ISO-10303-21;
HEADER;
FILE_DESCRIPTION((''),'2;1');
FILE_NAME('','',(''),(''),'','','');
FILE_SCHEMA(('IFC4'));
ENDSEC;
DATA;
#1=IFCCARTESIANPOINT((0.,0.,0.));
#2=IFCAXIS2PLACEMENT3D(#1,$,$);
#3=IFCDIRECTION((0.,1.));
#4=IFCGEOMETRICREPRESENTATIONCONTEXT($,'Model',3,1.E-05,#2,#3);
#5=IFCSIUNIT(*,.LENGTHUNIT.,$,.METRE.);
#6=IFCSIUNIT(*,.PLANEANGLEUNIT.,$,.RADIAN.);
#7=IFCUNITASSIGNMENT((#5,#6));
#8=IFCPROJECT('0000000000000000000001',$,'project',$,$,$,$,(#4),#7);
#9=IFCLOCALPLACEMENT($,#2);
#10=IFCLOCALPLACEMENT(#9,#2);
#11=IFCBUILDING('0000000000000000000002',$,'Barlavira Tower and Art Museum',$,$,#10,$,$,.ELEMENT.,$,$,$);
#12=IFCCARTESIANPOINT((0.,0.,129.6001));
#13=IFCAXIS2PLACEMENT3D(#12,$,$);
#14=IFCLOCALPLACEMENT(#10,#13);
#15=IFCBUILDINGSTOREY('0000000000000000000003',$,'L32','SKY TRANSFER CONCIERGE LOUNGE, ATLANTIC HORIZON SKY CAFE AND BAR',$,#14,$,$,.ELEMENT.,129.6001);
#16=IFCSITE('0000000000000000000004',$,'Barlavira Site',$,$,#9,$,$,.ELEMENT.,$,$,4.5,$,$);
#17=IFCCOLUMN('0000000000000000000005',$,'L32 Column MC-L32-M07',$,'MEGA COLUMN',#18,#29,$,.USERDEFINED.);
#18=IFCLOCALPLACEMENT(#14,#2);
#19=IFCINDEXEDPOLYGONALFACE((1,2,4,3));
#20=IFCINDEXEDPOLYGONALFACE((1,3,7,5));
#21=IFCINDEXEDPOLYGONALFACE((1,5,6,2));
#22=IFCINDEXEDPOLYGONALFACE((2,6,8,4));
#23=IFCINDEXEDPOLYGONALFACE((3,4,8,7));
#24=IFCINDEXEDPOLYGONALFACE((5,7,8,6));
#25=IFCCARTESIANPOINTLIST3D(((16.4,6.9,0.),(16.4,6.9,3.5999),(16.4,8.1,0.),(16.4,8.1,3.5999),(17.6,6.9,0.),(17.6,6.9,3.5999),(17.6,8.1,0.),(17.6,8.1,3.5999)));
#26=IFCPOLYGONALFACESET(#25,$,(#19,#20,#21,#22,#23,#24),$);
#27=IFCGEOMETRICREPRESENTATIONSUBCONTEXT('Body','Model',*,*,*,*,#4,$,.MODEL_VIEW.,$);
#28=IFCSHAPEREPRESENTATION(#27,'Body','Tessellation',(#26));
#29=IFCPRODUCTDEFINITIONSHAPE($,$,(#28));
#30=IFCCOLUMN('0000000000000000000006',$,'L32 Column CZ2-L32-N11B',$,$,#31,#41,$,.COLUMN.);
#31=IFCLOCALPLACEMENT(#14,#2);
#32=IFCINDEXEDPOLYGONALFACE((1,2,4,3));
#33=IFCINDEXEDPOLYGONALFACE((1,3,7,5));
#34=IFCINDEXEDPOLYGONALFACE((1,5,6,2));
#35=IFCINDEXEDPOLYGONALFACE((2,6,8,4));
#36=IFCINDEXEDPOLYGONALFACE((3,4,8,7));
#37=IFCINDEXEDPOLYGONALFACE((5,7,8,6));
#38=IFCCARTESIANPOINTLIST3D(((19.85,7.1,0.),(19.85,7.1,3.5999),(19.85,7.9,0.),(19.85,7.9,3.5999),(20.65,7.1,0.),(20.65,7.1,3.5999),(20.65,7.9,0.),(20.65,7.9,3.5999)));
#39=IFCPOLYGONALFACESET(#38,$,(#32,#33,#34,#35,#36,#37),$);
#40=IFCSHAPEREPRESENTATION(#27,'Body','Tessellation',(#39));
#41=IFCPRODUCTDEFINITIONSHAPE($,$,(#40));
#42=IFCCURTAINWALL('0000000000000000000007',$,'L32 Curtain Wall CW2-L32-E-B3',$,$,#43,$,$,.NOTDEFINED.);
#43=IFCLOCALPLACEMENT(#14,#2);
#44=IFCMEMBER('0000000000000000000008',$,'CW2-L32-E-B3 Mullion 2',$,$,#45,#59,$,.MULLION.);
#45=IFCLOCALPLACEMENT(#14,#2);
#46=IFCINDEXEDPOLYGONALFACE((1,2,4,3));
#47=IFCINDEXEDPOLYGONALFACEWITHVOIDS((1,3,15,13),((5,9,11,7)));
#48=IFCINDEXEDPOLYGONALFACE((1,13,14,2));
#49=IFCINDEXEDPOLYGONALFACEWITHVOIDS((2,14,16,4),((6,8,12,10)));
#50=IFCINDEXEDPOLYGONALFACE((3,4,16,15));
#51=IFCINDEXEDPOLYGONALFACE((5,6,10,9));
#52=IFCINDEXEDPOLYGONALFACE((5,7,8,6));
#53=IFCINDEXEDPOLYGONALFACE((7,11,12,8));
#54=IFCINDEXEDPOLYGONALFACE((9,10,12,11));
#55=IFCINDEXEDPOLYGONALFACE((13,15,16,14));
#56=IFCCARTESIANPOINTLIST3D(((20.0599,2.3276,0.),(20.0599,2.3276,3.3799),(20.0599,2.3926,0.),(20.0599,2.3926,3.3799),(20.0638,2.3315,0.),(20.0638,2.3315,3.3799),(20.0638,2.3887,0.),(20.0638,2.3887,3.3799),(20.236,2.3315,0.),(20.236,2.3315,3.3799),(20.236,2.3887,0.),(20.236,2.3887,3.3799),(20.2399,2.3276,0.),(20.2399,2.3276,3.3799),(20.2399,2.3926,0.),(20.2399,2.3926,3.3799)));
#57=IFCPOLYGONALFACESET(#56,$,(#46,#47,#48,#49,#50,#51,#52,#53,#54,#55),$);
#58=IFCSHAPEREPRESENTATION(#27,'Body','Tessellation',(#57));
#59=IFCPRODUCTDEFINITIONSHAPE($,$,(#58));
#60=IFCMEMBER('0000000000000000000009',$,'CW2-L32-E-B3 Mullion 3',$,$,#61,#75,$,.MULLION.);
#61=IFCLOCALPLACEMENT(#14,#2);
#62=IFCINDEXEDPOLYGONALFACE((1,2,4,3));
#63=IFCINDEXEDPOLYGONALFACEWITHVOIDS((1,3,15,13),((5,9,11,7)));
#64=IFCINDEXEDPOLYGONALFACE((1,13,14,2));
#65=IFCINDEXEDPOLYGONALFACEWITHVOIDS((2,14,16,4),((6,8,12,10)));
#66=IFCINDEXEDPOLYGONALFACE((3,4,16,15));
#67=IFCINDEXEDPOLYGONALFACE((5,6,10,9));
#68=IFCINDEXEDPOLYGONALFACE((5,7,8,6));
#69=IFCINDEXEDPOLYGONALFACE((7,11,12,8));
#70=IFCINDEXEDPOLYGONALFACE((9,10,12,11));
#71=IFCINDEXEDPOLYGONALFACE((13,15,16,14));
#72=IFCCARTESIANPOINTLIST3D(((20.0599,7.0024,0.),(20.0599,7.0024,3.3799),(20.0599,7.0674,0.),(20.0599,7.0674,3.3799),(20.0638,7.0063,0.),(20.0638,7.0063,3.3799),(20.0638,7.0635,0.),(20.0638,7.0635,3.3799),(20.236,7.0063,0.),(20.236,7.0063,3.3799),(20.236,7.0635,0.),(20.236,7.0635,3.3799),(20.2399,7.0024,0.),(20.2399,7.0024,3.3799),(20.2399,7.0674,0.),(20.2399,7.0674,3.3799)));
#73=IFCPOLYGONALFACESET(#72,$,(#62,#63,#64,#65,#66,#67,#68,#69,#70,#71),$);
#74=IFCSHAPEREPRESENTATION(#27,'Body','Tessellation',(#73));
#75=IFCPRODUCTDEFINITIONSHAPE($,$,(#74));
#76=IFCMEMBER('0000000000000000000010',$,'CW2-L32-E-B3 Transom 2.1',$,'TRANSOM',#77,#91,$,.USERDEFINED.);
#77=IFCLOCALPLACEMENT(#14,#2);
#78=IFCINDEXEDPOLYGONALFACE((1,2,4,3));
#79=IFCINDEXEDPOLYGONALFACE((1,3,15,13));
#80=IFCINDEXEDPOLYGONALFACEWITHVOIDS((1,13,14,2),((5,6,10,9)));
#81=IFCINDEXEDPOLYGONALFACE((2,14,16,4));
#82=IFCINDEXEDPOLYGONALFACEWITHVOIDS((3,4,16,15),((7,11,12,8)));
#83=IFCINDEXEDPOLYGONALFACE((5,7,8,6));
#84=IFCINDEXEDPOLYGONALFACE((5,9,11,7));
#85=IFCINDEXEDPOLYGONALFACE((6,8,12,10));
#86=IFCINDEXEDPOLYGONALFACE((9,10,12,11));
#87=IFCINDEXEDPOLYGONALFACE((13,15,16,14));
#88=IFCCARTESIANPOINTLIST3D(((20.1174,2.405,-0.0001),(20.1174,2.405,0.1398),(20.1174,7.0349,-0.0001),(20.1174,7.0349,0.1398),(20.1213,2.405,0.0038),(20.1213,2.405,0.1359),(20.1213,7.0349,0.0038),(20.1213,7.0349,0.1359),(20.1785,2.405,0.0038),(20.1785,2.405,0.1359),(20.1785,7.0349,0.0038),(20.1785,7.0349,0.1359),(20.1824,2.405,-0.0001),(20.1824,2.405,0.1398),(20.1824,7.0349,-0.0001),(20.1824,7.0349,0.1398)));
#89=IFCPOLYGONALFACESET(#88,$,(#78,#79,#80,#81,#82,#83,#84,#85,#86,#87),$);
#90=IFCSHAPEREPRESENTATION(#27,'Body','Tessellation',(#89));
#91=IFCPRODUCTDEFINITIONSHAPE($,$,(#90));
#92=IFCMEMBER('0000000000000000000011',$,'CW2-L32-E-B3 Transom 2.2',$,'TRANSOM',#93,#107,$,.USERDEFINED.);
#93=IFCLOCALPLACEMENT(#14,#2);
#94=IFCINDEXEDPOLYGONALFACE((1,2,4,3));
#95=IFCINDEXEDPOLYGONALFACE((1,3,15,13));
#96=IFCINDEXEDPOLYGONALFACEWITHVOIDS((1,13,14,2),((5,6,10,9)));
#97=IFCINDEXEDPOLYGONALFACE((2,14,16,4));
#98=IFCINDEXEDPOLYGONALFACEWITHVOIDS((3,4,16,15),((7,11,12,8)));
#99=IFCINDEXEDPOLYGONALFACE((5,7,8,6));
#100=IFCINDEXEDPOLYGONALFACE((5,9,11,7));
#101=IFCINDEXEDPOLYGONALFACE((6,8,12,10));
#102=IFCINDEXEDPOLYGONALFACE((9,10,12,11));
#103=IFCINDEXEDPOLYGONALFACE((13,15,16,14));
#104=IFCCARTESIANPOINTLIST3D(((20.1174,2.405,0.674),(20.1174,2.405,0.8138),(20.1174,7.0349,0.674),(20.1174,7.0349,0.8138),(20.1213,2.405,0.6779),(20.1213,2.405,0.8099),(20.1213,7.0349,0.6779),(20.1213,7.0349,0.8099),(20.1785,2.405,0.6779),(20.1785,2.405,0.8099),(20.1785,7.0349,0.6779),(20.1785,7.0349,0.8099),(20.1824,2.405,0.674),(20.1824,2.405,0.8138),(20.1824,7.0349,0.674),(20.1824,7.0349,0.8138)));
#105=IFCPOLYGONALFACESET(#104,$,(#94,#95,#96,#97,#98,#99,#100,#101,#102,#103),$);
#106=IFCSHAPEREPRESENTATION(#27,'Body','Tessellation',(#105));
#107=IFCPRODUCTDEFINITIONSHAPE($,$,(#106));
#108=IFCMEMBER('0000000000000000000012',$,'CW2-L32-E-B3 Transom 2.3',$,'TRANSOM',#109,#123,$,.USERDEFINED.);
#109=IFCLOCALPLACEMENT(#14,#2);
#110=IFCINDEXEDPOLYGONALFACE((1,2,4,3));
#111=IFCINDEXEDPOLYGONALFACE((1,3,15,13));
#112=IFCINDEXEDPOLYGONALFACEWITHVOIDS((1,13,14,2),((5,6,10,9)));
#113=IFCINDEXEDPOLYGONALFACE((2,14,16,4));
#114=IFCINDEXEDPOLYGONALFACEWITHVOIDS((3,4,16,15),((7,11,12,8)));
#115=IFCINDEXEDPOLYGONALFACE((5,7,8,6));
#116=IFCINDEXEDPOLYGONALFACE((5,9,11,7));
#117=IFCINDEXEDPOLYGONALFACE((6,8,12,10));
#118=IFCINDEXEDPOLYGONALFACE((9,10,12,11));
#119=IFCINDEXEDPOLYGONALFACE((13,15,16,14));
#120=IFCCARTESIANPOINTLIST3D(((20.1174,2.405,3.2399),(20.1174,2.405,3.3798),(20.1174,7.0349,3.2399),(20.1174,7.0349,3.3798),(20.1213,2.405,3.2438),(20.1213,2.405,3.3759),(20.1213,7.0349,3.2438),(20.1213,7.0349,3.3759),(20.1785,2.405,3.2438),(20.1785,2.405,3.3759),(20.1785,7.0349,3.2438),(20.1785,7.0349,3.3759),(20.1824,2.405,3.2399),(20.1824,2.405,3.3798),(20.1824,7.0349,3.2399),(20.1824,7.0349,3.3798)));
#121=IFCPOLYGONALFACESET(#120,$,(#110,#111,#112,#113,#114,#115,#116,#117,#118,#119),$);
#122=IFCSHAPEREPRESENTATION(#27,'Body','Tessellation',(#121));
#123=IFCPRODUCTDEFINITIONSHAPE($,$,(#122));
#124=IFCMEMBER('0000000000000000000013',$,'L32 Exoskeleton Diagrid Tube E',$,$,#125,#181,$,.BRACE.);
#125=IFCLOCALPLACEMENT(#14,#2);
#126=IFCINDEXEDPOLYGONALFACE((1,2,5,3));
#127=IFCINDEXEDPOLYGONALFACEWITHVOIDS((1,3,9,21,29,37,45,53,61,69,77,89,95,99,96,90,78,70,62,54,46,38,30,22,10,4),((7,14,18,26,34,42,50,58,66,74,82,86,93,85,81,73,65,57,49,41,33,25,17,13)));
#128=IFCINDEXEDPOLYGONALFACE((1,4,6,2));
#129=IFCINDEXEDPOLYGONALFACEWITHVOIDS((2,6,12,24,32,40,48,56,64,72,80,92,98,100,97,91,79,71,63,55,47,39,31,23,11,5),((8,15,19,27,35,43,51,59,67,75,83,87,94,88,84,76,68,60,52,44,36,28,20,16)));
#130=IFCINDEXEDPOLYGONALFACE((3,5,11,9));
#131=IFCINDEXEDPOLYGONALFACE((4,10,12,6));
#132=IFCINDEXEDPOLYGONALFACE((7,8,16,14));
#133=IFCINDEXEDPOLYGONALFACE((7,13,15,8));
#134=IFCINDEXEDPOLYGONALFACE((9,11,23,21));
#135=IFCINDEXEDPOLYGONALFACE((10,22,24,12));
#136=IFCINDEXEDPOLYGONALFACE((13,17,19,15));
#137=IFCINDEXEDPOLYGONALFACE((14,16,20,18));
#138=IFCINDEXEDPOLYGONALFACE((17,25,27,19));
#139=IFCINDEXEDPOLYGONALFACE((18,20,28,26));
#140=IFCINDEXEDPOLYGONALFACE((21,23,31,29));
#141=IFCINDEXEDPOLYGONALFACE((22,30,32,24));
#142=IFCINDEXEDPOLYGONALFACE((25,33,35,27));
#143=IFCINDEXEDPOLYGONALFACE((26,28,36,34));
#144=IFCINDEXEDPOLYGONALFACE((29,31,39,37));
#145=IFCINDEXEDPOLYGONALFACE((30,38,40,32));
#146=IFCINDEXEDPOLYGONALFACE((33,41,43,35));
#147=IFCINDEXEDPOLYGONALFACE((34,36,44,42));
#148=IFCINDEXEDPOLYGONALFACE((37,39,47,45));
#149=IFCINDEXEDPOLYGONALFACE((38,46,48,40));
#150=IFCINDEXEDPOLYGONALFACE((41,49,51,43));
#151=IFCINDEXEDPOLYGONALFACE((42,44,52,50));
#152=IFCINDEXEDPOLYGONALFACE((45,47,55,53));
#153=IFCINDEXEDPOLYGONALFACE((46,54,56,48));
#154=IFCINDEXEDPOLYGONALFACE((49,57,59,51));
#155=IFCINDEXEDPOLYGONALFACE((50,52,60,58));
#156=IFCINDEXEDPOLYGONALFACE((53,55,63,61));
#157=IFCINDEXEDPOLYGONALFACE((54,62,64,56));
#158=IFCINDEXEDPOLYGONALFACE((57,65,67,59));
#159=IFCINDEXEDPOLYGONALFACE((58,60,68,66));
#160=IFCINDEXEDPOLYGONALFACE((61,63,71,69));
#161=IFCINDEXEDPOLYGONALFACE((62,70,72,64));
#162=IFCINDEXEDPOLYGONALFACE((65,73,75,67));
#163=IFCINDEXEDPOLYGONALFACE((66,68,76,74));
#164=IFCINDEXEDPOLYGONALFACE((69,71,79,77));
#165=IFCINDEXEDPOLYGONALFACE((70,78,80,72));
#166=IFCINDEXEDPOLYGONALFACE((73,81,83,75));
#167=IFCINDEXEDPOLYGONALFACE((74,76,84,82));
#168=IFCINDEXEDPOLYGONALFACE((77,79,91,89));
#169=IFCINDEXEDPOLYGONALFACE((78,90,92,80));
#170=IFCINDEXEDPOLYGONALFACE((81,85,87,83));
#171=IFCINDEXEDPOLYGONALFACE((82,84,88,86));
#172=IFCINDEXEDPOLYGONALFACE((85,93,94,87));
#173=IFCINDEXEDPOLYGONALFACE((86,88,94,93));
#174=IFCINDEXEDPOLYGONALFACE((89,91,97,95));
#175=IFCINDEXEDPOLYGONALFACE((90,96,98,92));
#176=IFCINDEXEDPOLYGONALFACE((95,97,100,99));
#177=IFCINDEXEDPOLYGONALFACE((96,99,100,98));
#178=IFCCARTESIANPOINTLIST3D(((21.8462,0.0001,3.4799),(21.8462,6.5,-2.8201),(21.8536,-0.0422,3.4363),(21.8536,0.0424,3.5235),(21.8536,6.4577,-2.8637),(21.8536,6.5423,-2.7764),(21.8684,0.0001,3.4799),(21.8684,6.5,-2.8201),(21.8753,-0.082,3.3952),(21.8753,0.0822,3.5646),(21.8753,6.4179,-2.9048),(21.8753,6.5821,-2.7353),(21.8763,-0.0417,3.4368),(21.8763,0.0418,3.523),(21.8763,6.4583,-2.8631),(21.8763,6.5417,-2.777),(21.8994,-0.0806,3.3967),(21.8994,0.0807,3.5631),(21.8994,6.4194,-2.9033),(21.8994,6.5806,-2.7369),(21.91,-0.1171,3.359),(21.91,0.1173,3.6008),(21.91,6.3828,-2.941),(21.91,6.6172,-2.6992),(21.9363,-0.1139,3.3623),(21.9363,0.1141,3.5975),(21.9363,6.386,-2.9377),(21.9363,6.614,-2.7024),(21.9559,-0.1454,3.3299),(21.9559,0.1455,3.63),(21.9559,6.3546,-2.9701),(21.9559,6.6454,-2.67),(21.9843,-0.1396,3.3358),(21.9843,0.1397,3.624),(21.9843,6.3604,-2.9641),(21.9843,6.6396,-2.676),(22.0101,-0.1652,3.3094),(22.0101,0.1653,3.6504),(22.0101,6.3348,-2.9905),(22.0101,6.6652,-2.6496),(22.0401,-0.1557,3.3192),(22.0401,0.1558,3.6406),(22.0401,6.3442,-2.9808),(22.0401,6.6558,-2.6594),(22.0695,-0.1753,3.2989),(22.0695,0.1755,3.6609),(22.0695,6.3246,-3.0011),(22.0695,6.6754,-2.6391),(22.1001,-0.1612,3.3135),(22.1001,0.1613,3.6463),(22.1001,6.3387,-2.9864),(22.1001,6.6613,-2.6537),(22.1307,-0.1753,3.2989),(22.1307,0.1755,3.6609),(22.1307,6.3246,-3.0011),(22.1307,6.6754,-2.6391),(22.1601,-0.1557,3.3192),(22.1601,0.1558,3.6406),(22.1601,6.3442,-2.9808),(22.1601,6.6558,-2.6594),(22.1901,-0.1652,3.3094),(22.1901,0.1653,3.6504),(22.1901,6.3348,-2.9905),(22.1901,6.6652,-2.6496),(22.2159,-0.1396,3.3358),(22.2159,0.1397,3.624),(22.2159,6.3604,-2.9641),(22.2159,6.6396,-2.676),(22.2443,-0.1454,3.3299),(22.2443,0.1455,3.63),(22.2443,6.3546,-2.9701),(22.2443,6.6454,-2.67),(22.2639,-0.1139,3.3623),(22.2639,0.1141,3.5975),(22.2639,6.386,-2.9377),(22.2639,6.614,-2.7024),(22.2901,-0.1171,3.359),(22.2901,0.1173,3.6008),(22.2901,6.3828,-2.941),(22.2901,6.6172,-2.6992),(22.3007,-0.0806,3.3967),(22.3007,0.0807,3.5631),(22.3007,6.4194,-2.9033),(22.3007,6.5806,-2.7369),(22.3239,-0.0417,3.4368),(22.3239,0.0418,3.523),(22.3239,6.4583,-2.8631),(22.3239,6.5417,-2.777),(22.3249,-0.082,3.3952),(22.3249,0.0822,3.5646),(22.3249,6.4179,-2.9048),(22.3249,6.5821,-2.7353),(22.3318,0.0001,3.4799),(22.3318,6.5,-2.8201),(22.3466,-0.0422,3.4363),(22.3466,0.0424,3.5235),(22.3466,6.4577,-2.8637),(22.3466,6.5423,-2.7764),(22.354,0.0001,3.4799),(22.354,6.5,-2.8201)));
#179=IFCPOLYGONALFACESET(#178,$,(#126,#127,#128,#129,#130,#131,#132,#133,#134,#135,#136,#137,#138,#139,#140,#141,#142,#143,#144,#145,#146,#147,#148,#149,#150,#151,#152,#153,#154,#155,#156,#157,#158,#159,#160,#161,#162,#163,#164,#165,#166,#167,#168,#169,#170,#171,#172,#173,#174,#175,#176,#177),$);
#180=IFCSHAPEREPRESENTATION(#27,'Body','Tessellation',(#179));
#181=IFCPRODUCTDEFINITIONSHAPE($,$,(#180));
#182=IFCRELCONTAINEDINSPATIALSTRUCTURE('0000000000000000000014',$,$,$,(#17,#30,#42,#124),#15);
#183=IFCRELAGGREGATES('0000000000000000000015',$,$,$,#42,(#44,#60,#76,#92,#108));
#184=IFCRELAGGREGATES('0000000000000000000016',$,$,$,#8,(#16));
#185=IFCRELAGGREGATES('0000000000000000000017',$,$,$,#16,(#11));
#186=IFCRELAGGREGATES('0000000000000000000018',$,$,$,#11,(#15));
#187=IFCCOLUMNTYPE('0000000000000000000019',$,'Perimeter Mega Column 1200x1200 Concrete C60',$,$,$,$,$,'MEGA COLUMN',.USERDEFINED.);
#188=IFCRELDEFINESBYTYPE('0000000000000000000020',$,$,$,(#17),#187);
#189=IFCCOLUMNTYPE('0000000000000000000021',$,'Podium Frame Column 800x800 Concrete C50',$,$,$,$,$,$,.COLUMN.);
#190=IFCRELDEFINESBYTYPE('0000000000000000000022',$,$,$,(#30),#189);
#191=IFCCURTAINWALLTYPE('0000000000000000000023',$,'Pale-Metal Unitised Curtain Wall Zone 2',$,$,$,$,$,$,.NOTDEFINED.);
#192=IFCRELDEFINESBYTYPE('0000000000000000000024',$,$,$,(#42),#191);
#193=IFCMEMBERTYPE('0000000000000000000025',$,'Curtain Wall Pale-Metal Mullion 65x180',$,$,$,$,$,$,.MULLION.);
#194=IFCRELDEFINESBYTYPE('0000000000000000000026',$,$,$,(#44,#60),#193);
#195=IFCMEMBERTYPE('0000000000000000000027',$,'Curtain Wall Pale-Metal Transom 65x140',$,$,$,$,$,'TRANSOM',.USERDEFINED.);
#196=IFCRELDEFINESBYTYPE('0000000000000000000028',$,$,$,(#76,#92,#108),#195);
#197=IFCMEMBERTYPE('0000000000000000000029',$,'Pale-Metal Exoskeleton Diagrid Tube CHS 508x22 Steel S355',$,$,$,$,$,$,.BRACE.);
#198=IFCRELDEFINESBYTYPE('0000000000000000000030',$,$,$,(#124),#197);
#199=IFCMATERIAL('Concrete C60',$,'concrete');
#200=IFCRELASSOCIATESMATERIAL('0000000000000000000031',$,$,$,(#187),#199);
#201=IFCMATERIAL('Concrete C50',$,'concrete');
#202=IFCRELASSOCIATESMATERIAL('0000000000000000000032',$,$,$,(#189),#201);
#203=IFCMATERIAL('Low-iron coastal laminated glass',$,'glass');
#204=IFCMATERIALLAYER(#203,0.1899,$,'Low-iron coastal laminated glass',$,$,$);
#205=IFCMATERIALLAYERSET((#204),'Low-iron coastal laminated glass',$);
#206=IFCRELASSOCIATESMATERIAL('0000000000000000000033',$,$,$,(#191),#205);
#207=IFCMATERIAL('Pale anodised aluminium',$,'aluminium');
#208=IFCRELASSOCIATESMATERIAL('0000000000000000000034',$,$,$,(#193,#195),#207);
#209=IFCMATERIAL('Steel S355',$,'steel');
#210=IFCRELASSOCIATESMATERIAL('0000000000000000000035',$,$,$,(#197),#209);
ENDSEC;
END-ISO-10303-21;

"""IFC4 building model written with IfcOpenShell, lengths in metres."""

from ifc_helpers import new_model, si_unit, direction, frame, origin, origin_2d, place, context, subcontext, project, spatial, rectangle, hollow_rectangle, hollow_circle, extrude, material, layer, layer_set, material_profile, profile_set, type_object, element, aggregate, save


model = new_model("IFC4")

# Units and contexts
model_context = context("Model", 3, precision=1e-05, world=origin(), true_north=direction((0.0, 1.0)))
body_context = subcontext(model_context, "Body", "Model", "MODEL_VIEW")
ifc_project = project(units=[si_unit("LENGTHUNIT", "METRE"), si_unit("PLANEANGLEUNIT", "RADIAN")], contexts=[model_context])

# Site, building, storey
site_placement = place(None, origin())
site = spatial("IfcSite", under=ifc_project, at=site_placement, Name="Barlavira Site", CompositionType="ELEMENT", RefElevation=4.5)
building_placement = place(site_placement, origin())
building = spatial("IfcBuilding", under=site, at=building_placement, Name="Barlavira Tower and Art Museum", CompositionType="ELEMENT")
storey_placement = place(building_placement, frame((0.0, 0.0, 129.6001)))
storey = spatial("IfcBuildingStorey", under=building, at=storey_placement, Name="L32", Description="SKY TRANSFER CONCIERGE LOUNGE, ATLANTIC HORIZON SKY CAFE AND BAR", CompositionType="ELEMENT", Elevation=129.6001)

# Columns
ifc_material_1 = material(Name="Concrete C60", Category="concrete")
ifc_material_profile_1 = material_profile(ifc_material_1, rectangle(XDim=1.2, YDim=1.2, at=origin_2d()), Name="RC-COL 1200x1200")
ifc_profile_set_1 = profile_set([ifc_material_profile_1], Name="Concrete C60")
column_type_1 = type_object("IfcColumnType", Name="Perimeter Mega Column 1200x1200 Concrete C60", ElementType="MEGA COLUMN", PredefinedType="USERDEFINED", material=ifc_profile_set_1)
column_1_placement = place(storey_placement, frame((17.0, 7.5, 0.0), z_axis=(0.0, 0.0, 1.0), x_axis=(1.0, 0.0, 0.0)))
element("IfcColumn", 1, at=column_1_placement, inside=storey, type_object=column_type_1, Name="L32 Column MC-L32-M07", ObjectType="MEGA COLUMN", PredefinedType="USERDEFINED", context=body_context, shape_type="SweptSolid", body=[
    extrude(rectangle(XDim=1.2, YDim=1.2, at=origin_2d()), origin(), (0.0, 0.0, 1.0), 3.5999),
])
ifc_material_2 = material(Name="Concrete C50", Category="concrete")
ifc_material_profile_2 = material_profile(ifc_material_2, rectangle(XDim=0.8, YDim=0.8, at=origin_2d()), Name="RC-COL 800x800")
ifc_profile_set_2 = profile_set([ifc_material_profile_2], Name="Concrete C50")
column_type_2 = type_object("IfcColumnType", Name="Podium Frame Column 800x800 Concrete C50", PredefinedType="COLUMN", material=ifc_profile_set_2)
column_2_placement = place(storey_placement, frame((20.25, 7.5, 0.0), z_axis=(0.0, 0.0, 1.0), x_axis=(1.0, 0.0, 0.0)))
element("IfcColumn", 2, at=column_2_placement, inside=storey, type_object=column_type_2, Name="L32 Column CZ2-L32-N11B", PredefinedType="COLUMN", context=body_context, shape_type="SweptSolid", body=[
    extrude(rectangle(XDim=0.8, YDim=0.8, at=origin_2d()), origin(), (0.0, 0.0, 1.0), 3.5999),
])

# Curtain wall, members
ifc_material_3 = material(Name="Low-iron coastal laminated glass", Category="glass")
ifc_layer_1 = layer(ifc_material_3, 0.1899, Name="Low-iron coastal laminated glass")
ifc_layer_set_1 = layer_set([ifc_layer_1], Name="Low-iron coastal laminated glass")
curtain_wall_type = type_object("IfcCurtainWallType", Name="Pale-Metal Unitised Curtain Wall Zone 2", PredefinedType="NOTDEFINED", material=ifc_layer_set_1)
curtain_wall_placement = place(storey_placement, origin())
curtain_wall = element("IfcCurtainWall", 3, at=curtain_wall_placement, inside=storey, type_object=curtain_wall_type, Name="L32 Curtain Wall CW2-L32-E-B3", PredefinedType="NOTDEFINED")
ifc_material_4 = material(Name="Pale anodised aluminium", Category="aluminium")
ifc_material_profile_3 = material_profile(ifc_material_4, hollow_rectangle(XDim=0.0649, YDim=0.1799, WallThickness=0.0039, at=origin_2d()), Name="ALU-MULL 65x180x4")
ifc_profile_set_3 = profile_set([ifc_material_profile_3], Name="Pale anodised aluminium")
member_type_1 = type_object("IfcMemberType", Name="Curtain Wall Pale-Metal Mullion 65x180", PredefinedType="MULLION", material=ifc_profile_set_3)
member_1_placement = place(storey_placement, frame((20.1499, 2.3601, 0.0), z_axis=(0.0, 0.0, 1.0), x_axis=(0.0, 1.0, 0.0)))
member_1 = element("IfcMember", 4, at=member_1_placement, type_object=member_type_1, Name="CW2-L32-E-B3 Mullion 2", PredefinedType="MULLION", context=body_context, shape_type="SweptSolid", body=[
    extrude(hollow_rectangle(XDim=0.0649, YDim=0.1799, WallThickness=0.0039, at=origin_2d()), origin(), (0.0, 0.0, 1.0), 3.3799),
])
member_2_placement = place(storey_placement, frame((20.1499, 7.0349, 0.0), z_axis=(0.0, 0.0, 1.0), x_axis=(0.0, 1.0, 0.0)))
member_2 = element("IfcMember", 5, at=member_2_placement, type_object=member_type_1, Name="CW2-L32-E-B3 Mullion 3", PredefinedType="MULLION", context=body_context, shape_type="SweptSolid", body=[
    extrude(hollow_rectangle(XDim=0.0649, YDim=0.1799, WallThickness=0.0039, at=origin_2d()), origin(), (0.0, 0.0, 1.0), 3.3799),
])
ifc_material_profile_4 = material_profile(ifc_material_4, hollow_rectangle(XDim=0.0649, YDim=0.1399, WallThickness=0.0039, at=origin_2d()), Name="ALU-TRAN 65x140x4")
ifc_profile_set_4 = profile_set([ifc_material_profile_4], Name="Pale anodised aluminium")
member_type_2 = type_object("IfcMemberType", Name="Curtain Wall Pale-Metal Transom 65x140", ElementType="TRANSOM", PredefinedType="USERDEFINED", material=ifc_profile_set_4)
member_3_placement = place(storey_placement, frame((20.1499, 2.405, 0.0698), z_axis=(0.0, 1.0, 0.0), x_axis=(-1.0, 0.0, 0.0)))
member_3 = element("IfcMember", 6, at=member_3_placement, type_object=member_type_2, Name="CW2-L32-E-B3 Transom 2.1", ObjectType="TRANSOM", PredefinedType="USERDEFINED", context=body_context, shape_type="SweptSolid", body=[
    extrude(hollow_rectangle(XDim=0.0649, YDim=0.1399, WallThickness=0.0039, at=origin_2d()), origin(), (0.0, 0.0, 1.0), 4.6299),
])
member_4_placement = place(storey_placement, frame((20.1499, 2.405, 0.7439), z_axis=(0.0, 1.0, 0.0), x_axis=(-1.0, 0.0, 0.0)))
member_4 = element("IfcMember", 7, at=member_4_placement, type_object=member_type_2, Name="CW2-L32-E-B3 Transom 2.2", ObjectType="TRANSOM", PredefinedType="USERDEFINED", context=body_context, shape_type="SweptSolid", body=[
    extrude(hollow_rectangle(XDim=0.0649, YDim=0.1399, WallThickness=0.0039, at=origin_2d()), origin(), (0.0, 0.0, 1.0), 4.6299),
])
member_5_placement = place(storey_placement, frame((20.1499, 2.405, 3.3098), z_axis=(0.0, 1.0, 0.0), x_axis=(-1.0, 0.0, 0.0)))
member_5 = element("IfcMember", 8, at=member_5_placement, type_object=member_type_2, Name="CW2-L32-E-B3 Transom 2.3", ObjectType="TRANSOM", PredefinedType="USERDEFINED", context=body_context, shape_type="SweptSolid", body=[
    extrude(hollow_rectangle(XDim=0.0649, YDim=0.1399, WallThickness=0.0039, at=origin_2d()), origin(), (0.0, 0.0, 1.0), 4.6299),
])

# Member
ifc_material_5 = material(Name="Steel S355", Category="steel")
ifc_material_profile_5 = material_profile(ifc_material_5, hollow_circle(Radius=0.2539, WallThickness=0.0222, at=origin_2d()), Name="CHS 508.0x22.2")
ifc_profile_set_5 = profile_set([ifc_material_profile_5], Name="Steel S355")
member_type_3 = type_object("IfcMemberType", Name="Pale-Metal Exoskeleton Diagrid Tube CHS 508x22 Steel S355", PredefinedType="BRACE", material=ifc_profile_set_5)
for number, where, z_axis, x_axis, name in (
    (9, (22.1001, 6.5, -2.8201), (0.0, -0.718065, 0.695976), (1.0, 0.0, 0.0), "L32 Exoskeleton Diagrid Tube E"),
):
    element("IfcMember", number, at=place(storey_placement, frame(where, z_axis=z_axis, x_axis=x_axis)), inside=storey, type_object=member_type_3, Name=name, PredefinedType="BRACE", context=body_context, shape_type="SweptSolid", body=[
        extrude(hollow_circle(Radius=0.2539, WallThickness=0.0222, at=origin_2d()), origin(), (0.0, 0.0, 1.0), 9.052),
    ])

aggregate(curtain_wall, [member_1, member_2, member_3, member_4, member_5])

save(model, "model.ifc")
